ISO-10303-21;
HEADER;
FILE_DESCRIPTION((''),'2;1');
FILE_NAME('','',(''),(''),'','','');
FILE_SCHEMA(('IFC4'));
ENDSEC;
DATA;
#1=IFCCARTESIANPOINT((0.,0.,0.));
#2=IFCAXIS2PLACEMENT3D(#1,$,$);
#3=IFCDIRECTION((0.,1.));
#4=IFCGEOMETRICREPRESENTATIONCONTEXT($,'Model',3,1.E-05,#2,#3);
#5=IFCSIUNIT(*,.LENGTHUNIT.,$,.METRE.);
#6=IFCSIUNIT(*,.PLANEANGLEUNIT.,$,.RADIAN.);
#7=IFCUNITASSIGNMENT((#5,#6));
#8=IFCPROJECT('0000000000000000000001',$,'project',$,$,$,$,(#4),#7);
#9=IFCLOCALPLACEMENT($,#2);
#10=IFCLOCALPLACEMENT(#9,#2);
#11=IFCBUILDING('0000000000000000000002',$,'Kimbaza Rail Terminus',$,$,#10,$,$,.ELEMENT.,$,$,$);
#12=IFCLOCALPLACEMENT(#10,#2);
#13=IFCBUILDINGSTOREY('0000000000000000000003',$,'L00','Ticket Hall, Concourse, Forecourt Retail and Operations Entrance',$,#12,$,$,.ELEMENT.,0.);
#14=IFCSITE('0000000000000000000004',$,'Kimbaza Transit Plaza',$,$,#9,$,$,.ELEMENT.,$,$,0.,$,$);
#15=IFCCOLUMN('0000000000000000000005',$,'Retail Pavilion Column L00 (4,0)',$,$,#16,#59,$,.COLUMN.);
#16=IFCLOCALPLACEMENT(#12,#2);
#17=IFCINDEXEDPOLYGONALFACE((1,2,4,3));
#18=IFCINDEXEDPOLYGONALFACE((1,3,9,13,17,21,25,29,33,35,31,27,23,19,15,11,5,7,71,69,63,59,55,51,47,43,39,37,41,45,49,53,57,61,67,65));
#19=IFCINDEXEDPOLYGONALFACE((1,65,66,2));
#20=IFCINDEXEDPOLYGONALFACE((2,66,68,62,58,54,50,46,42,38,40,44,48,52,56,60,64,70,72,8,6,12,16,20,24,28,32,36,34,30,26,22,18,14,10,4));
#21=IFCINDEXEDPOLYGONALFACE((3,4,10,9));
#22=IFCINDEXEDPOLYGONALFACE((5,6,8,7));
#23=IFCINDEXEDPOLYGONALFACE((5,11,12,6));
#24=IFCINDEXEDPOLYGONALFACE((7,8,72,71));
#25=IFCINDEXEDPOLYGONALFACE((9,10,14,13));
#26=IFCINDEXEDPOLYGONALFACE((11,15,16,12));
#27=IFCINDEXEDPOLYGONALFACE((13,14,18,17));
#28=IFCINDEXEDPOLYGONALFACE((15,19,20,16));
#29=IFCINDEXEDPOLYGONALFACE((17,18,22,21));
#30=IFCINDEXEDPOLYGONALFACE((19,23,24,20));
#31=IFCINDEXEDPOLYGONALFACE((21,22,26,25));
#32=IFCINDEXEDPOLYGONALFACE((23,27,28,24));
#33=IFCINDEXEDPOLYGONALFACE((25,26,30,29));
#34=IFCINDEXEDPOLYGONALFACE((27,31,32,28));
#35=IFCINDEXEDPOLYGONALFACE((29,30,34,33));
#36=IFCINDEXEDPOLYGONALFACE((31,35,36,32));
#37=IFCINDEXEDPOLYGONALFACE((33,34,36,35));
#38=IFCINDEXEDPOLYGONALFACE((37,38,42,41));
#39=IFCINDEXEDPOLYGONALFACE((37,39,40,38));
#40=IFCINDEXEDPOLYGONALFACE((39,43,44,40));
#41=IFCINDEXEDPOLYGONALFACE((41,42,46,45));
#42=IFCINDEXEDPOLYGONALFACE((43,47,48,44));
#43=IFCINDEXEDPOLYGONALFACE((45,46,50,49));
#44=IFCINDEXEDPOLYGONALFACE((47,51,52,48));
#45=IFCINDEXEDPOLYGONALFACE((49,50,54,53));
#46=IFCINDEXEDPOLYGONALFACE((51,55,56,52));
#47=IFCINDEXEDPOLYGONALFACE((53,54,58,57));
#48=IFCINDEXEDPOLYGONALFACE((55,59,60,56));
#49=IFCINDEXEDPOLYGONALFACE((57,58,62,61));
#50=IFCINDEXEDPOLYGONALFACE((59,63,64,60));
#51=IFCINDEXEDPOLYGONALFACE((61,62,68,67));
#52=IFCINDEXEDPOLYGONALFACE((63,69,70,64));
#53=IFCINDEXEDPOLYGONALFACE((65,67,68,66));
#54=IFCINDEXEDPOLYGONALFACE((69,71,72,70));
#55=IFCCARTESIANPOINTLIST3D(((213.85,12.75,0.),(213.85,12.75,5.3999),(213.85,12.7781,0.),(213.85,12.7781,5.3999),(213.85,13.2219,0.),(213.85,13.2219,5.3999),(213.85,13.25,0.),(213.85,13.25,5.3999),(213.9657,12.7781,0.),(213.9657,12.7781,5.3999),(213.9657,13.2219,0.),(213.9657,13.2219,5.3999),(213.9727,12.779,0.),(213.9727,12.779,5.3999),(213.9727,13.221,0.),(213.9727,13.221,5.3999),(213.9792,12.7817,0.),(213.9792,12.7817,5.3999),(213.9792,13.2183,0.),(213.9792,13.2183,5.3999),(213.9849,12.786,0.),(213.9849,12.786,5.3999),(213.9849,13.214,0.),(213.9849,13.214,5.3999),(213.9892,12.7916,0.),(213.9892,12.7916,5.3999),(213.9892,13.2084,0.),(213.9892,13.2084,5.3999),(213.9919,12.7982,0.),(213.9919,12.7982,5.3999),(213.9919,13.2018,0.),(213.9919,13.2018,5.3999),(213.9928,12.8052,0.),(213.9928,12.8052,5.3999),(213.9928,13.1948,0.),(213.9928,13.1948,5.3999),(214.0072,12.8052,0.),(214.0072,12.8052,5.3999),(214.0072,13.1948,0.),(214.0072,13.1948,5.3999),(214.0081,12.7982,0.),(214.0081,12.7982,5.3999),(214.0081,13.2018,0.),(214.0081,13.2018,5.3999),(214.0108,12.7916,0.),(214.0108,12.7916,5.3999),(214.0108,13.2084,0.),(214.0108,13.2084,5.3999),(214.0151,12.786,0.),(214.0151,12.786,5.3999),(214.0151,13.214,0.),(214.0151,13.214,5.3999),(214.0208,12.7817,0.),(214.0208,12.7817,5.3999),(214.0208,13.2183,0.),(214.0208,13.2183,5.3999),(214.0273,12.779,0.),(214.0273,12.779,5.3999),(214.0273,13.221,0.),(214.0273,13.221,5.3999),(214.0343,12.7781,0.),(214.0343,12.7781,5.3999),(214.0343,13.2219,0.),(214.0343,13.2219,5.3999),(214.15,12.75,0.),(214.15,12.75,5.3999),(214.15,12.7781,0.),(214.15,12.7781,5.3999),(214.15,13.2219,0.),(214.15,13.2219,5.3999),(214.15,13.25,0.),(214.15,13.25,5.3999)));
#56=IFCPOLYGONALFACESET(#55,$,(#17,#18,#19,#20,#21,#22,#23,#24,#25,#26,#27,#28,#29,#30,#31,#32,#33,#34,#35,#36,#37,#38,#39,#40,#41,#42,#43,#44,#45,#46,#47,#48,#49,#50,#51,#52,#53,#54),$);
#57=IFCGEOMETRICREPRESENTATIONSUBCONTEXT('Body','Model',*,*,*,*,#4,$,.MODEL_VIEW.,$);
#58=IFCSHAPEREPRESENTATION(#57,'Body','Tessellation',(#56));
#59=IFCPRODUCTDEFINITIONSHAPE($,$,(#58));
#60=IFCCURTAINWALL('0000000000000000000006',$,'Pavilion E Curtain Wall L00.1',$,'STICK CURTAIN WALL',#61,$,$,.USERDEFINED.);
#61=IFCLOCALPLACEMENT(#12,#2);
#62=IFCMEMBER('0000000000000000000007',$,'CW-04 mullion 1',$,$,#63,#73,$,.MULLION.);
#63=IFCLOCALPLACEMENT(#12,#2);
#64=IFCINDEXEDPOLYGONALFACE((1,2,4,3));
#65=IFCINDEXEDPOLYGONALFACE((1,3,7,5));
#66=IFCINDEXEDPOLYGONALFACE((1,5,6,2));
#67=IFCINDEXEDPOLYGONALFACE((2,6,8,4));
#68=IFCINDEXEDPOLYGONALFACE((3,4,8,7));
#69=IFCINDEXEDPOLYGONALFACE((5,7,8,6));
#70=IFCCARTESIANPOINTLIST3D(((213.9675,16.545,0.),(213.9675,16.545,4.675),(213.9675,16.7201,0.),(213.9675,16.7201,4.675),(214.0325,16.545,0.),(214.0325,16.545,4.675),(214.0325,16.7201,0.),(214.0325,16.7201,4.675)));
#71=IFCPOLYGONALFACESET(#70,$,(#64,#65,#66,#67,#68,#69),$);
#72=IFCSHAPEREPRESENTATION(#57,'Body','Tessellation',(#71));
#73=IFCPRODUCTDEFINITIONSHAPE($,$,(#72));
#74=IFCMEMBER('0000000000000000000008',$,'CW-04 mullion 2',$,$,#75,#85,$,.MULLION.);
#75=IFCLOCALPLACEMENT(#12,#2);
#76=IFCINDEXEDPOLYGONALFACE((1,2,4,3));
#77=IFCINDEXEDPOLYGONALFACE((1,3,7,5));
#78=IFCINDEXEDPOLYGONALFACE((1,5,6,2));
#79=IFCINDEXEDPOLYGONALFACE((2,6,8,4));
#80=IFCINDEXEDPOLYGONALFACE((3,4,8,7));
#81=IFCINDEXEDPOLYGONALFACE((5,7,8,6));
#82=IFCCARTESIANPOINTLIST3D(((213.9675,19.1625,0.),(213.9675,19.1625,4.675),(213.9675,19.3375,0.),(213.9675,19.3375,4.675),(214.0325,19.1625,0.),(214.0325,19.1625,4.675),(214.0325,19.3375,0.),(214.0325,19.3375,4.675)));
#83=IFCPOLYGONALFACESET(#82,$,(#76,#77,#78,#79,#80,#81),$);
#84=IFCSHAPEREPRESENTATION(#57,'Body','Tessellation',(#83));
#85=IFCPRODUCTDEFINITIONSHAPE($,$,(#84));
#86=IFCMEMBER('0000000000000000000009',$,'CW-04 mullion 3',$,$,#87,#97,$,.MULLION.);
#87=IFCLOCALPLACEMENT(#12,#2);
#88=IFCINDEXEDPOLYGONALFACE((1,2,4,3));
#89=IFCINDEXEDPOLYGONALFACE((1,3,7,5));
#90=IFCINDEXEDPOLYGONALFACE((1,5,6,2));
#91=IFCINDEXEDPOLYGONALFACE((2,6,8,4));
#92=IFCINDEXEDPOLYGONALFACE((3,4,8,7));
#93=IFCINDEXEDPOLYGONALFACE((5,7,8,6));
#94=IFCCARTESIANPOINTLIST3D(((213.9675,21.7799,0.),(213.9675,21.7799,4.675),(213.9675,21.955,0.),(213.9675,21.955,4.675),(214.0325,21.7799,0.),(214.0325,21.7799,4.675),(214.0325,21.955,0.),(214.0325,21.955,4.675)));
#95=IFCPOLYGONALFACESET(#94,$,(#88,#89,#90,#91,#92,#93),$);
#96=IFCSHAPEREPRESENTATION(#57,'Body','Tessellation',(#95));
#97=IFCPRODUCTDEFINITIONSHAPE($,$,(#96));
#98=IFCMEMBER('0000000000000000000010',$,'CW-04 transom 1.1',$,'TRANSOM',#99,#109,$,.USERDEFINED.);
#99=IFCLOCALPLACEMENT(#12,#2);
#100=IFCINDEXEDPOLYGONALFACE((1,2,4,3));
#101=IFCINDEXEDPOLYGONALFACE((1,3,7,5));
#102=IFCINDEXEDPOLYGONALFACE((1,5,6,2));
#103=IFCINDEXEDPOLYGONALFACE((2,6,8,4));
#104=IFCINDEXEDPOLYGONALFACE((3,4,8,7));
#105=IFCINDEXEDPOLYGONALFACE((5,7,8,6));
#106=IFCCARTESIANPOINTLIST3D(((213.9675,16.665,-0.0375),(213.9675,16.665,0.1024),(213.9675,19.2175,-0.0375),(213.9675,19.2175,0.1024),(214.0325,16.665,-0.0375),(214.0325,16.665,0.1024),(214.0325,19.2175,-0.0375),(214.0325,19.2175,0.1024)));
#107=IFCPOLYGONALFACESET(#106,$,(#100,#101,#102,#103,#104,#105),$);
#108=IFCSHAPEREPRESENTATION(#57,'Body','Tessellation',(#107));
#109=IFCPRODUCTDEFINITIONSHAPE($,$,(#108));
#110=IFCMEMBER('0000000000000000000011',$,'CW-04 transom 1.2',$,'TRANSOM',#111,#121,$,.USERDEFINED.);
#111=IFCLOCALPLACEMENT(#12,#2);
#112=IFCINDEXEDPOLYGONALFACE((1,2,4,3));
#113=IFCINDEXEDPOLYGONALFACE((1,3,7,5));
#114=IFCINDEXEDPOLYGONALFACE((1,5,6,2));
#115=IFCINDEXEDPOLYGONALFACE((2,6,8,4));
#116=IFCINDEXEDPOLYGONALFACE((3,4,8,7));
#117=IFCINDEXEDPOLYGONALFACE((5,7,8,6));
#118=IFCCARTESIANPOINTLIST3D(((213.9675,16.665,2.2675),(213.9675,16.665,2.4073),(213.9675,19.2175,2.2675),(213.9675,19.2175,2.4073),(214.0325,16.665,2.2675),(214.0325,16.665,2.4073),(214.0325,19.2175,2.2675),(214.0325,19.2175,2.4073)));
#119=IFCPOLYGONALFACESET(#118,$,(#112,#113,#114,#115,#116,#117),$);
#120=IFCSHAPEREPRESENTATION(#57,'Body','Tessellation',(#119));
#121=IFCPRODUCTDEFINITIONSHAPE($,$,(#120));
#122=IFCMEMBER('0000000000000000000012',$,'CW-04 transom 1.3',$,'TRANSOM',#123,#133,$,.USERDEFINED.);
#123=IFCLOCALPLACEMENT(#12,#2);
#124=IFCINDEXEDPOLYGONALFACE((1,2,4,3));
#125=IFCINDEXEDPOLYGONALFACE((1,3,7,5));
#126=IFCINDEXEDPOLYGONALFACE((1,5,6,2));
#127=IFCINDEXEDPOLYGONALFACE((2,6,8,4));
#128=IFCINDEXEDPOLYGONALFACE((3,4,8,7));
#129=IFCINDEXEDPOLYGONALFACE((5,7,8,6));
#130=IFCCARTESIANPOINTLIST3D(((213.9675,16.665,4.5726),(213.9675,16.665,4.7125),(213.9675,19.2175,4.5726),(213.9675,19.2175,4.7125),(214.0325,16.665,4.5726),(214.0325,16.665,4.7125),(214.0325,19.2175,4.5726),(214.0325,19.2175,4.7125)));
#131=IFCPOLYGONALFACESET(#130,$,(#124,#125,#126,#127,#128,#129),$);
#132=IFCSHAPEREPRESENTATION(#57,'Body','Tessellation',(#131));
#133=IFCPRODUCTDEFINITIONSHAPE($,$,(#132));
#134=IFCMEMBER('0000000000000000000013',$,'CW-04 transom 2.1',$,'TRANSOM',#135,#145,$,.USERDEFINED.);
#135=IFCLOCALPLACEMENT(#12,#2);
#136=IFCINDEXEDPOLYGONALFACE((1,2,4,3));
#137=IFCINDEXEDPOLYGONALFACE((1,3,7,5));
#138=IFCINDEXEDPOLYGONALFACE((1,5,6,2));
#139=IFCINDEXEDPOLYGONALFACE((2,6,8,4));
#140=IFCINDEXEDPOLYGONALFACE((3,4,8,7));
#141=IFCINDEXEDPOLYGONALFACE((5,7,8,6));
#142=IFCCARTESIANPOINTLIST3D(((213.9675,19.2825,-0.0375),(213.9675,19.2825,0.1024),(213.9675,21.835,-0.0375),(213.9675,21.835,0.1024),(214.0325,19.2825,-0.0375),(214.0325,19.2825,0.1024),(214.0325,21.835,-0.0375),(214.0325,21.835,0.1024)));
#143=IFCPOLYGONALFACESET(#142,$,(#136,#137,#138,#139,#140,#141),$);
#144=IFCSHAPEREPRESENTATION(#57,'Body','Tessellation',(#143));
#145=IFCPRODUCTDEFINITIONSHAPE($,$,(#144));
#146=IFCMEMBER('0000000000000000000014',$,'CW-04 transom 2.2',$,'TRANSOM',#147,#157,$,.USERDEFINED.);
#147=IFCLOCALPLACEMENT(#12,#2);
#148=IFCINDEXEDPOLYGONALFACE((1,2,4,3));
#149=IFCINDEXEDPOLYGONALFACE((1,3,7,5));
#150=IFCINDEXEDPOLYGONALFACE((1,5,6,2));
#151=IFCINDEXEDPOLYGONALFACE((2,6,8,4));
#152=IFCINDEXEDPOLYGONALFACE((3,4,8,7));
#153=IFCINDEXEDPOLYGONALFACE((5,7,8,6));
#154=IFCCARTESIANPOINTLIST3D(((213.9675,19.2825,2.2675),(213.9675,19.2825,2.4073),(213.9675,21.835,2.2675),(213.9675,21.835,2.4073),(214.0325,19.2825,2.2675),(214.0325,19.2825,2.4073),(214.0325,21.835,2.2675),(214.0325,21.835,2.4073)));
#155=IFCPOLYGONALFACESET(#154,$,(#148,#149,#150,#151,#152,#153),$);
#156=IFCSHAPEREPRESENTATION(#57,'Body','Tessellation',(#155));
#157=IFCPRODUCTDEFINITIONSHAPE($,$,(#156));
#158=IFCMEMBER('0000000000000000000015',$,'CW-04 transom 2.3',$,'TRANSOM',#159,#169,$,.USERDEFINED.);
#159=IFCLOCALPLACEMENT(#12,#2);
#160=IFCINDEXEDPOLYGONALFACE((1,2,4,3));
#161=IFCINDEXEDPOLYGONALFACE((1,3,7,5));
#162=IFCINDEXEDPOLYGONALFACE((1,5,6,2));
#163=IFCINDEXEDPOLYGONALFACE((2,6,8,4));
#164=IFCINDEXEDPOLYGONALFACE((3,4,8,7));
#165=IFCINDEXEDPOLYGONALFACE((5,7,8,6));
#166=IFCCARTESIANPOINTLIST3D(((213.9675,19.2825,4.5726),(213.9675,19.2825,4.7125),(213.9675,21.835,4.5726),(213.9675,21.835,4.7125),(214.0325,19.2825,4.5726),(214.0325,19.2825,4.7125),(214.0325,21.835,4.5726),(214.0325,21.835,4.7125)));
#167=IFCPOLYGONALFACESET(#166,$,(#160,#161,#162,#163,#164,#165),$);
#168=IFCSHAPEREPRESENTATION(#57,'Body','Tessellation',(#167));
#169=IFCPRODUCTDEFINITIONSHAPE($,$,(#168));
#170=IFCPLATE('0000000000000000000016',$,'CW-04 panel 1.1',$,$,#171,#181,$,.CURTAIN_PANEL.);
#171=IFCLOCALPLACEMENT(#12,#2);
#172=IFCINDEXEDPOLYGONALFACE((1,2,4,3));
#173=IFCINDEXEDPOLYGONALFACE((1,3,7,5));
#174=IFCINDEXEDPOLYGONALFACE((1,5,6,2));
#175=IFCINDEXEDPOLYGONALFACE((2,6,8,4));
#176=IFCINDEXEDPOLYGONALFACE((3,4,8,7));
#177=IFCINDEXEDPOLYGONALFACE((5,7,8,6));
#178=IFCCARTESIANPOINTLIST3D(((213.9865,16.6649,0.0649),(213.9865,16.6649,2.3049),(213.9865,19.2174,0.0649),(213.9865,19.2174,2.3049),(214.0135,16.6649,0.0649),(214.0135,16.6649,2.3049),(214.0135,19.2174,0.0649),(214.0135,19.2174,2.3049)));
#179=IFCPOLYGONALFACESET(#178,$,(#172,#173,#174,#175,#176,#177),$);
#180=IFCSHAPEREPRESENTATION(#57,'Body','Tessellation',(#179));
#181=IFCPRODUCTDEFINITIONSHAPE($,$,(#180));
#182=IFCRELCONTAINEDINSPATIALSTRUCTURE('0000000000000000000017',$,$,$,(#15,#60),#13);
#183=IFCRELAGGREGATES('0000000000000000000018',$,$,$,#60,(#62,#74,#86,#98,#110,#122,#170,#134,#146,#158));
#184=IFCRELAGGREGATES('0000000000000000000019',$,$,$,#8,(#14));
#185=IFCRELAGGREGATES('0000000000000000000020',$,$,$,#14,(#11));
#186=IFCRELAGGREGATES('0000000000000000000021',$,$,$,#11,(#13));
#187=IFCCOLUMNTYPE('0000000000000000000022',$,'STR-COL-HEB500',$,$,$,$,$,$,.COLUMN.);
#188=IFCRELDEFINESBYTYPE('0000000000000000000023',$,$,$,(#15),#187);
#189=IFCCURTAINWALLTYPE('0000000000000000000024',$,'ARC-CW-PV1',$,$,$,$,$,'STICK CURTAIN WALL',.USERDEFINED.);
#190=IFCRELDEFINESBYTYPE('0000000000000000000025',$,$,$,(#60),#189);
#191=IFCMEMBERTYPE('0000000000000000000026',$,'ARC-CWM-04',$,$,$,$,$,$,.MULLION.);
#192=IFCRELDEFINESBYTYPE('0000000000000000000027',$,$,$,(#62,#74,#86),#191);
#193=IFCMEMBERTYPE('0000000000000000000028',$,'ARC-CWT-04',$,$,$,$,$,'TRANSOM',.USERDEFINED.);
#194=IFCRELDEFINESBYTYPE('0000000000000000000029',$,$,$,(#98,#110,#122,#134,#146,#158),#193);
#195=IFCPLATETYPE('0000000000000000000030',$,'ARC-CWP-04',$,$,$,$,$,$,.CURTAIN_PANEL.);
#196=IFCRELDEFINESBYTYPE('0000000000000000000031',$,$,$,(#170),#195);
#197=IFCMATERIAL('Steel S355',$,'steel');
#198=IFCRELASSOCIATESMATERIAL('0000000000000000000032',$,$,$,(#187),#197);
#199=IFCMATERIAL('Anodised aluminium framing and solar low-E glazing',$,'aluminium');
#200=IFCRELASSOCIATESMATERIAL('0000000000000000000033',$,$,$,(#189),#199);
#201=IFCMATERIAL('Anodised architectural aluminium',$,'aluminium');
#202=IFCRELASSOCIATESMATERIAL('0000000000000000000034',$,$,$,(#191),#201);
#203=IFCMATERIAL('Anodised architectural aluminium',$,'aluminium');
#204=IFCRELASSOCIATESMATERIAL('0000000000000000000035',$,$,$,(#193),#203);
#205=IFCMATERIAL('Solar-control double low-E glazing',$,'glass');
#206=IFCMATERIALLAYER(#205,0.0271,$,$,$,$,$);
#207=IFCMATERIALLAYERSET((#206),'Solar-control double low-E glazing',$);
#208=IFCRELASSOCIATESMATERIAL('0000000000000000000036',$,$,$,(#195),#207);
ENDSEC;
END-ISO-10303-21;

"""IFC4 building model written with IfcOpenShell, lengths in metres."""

from ifc_helpers import new_model, si_unit, direction, frame, origin, origin_2d, place, context, subcontext, project, spatial, rectangle, i_section, extrude, material, layer, layer_set, material_profile, profile_set, type_object, element, aggregate, save


model = new_model("IFC4")

# Units and contexts
model_context = context("Model", 3, precision=1e-05, world=origin(), true_north=direction((0.0, 1.0)))
body_context = subcontext(model_context, "Body", "Model", "MODEL_VIEW")
ifc_project = project(units=[si_unit("LENGTHUNIT", "METRE"), si_unit("PLANEANGLEUNIT", "RADIAN")], contexts=[model_context])

# Site, building, storey
site_placement = place(None, origin())
site = spatial("IfcSite", under=ifc_project, at=site_placement, Name="Kimbaza Transit Plaza", CompositionType="ELEMENT", RefElevation=0.0)
building_placement = place(site_placement, origin())
building = spatial("IfcBuilding", under=site, at=building_placement, Name="Kimbaza Rail Terminus", CompositionType="ELEMENT")
storey_placement = place(building_placement, origin())
storey = spatial("IfcBuildingStorey", under=building, at=storey_placement, Name="L00", Description="Ticket Hall, Concourse, Forecourt Retail and Operations Entrance", CompositionType="ELEMENT", Elevation=0.0)

# Column
ifc_material_1 = material(Name="Steel S355", Category="steel")
ifc_material_profile_1 = material_profile(ifc_material_1, i_section(OverallWidth=0.3, OverallDepth=0.5, WebThickness=0.0144, FlangeThickness=0.0281, FilletRadius=0.0271, at=origin_2d()), Name="HEB 500")
ifc_profile_set_1 = profile_set([ifc_material_profile_1], Name="Steel S355")
column_type = type_object("IfcColumnType", Name="STR-COL-HEB500", PredefinedType="COLUMN", material=ifc_profile_set_1)
column_placement = place(storey_placement, frame((214.0, 13.0, 0.0), z_axis=(0.0, 0.0, 1.0), x_axis=(1.0, 0.0, 0.0)))
element("IfcColumn", 1, at=column_placement, inside=storey, type_object=column_type, Name="Retail Pavilion Column L00 (4,0)", PredefinedType="COLUMN", context=body_context, shape_type="SweptSolid", body=[
    extrude(i_section(OverallWidth=0.3, OverallDepth=0.5, WebThickness=0.0144, FlangeThickness=0.0281, FilletRadius=0.0271, at=origin_2d()), origin(), (0.0, 0.0, 1.0), 5.3999),
])

# Curtain wall, members, plate
ifc_material_2 = material(Name="Anodised aluminium framing and solar low-E glazing", Category="aluminium")
curtain_wall_type = type_object("IfcCurtainWallType", Name="ARC-CW-PV1", ElementType="STICK CURTAIN WALL", PredefinedType="USERDEFINED", material=ifc_material_2)
curtain_wall_placement = place(storey_placement, origin())
curtain_wall = element("IfcCurtainWall", 2, at=curtain_wall_placement, inside=storey, type_object=curtain_wall_type, Name="Pavilion E Curtain Wall L00.1", ObjectType="STICK CURTAIN WALL", PredefinedType="USERDEFINED")
ifc_material_3 = material(Name="Anodised architectural aluminium", Category="aluminium")
ifc_material_profile_2 = material_profile(ifc_material_3, rectangle(XDim=0.0649, YDim=0.175, at=origin_2d()), Name="MULLION 65x175")
ifc_profile_set_2 = profile_set([ifc_material_profile_2], Name="Anodised architectural aluminium")
member_type_1 = type_object("IfcMemberType", Name="ARC-CWM-04", PredefinedType="MULLION", material=ifc_profile_set_2)
member_1_placement = place(storey_placement, frame((214.0, 16.6326, 0.0), z_axis=(0.0, 0.0, 1.0), x_axis=(-1.0, 0.0, 0.0)))
member_1 = element("IfcMember", 3, at=member_1_placement, type_object=member_type_1, Name="CW-04 mullion 1", PredefinedType="MULLION", context=body_context, shape_type="SweptSolid", body=[
    extrude(rectangle(XDim=0.0649, YDim=0.175, at=origin_2d()), origin(), (0.0, 0.0, 1.0), 4.675),
])
member_2_placement = place(storey_placement, frame((214.0, 19.25, 0.0), z_axis=(0.0, 0.0, 1.0), x_axis=(-1.0, 0.0, 0.0)))
member_2 = element("IfcMember", 4, at=member_2_placement, type_object=member_type_1, Name="CW-04 mullion 2", PredefinedType="MULLION", context=body_context, shape_type="SweptSolid", body=[
    extrude(rectangle(XDim=0.0649, YDim=0.175, at=origin_2d()), origin(), (0.0, 0.0, 1.0), 4.675),
])
member_3_placement = place(storey_placement, frame((214.0, 21.8674, 0.0), z_axis=(0.0, 0.0, 1.0), x_axis=(-1.0, 0.0, 0.0)))
member_3 = element("IfcMember", 5, at=member_3_placement, type_object=member_type_1, Name="CW-04 mullion 3", PredefinedType="MULLION", context=body_context, shape_type="SweptSolid", body=[
    extrude(rectangle(XDim=0.0649, YDim=0.175, at=origin_2d()), origin(), (0.0, 0.0, 1.0), 4.675),
])
ifc_material_4 = material(Name="Anodised architectural aluminium", Category="aluminium")
ifc_material_profile_3 = material_profile(ifc_material_4, rectangle(XDim=0.0649, YDim=0.1399, at=origin_2d()), Name="TRANSOM 65x140")
ifc_profile_set_3 = profile_set([ifc_material_profile_3], Name="Anodised architectural aluminium")
member_type_2 = type_object("IfcMemberType", Name="ARC-CWT-04", ElementType="TRANSOM", PredefinedType="USERDEFINED", material=ifc_profile_set_3)
member_4_placement = place(storey_placement, frame((214.0, 16.665, 0.0325), z_axis=(0.0, 1.0, 0.0), x_axis=(-1.0, 0.0, 0.0)))
member_4 = element("IfcMember", 6, at=member_4_placement, type_object=member_type_2, Name="CW-04 transom 1.1", ObjectType="TRANSOM", PredefinedType="USERDEFINED", context=body_context, shape_type="SweptSolid", body=[
    extrude(rectangle(XDim=0.0649, YDim=0.1399, at=origin_2d()), origin(), (0.0, 0.0, 1.0), 2.5525),
])
member_5_placement = place(storey_placement, frame((214.0, 16.665, 2.3374), z_axis=(0.0, 1.0, 0.0), x_axis=(-1.0, 0.0, 0.0)))
member_5 = element("IfcMember", 7, at=member_5_placement, type_object=member_type_2, Name="CW-04 transom 1.2", ObjectType="TRANSOM", PredefinedType="USERDEFINED", context=body_context, shape_type="SweptSolid", body=[
    extrude(rectangle(XDim=0.0649, YDim=0.1399, at=origin_2d()), origin(), (0.0, 0.0, 1.0), 2.5525),
])
member_6_placement = place(storey_placement, frame((214.0, 16.665, 4.6426), z_axis=(0.0, 1.0, 0.0), x_axis=(-1.0, 0.0, 0.0)))
member_6 = element("IfcMember", 8, at=member_6_placement, type_object=member_type_2, Name="CW-04 transom 1.3", ObjectType="TRANSOM", PredefinedType="USERDEFINED", context=body_context, shape_type="SweptSolid", body=[
    extrude(rectangle(XDim=0.0649, YDim=0.1399, at=origin_2d()), origin(), (0.0, 0.0, 1.0), 2.5525),
])
member_7_placement = place(storey_placement, frame((214.0, 19.2825, 0.0325), z_axis=(0.0, 1.0, 0.0), x_axis=(-1.0, 0.0, 0.0)))
member_7 = element("IfcMember", 9, at=member_7_placement, type_object=member_type_2, Name="CW-04 transom 2.1", ObjectType="TRANSOM", PredefinedType="USERDEFINED", context=body_context, shape_type="SweptSolid", body=[
    extrude(rectangle(XDim=0.0649, YDim=0.1399, at=origin_2d()), origin(), (0.0, 0.0, 1.0), 2.5525),
])
member_8_placement = place(storey_placement, frame((214.0, 19.2825, 2.3374), z_axis=(0.0, 1.0, 0.0), x_axis=(-1.0, 0.0, 0.0)))
member_8 = element("IfcMember", 10, at=member_8_placement, type_object=member_type_2, Name="CW-04 transom 2.2", ObjectType="TRANSOM", PredefinedType="USERDEFINED", context=body_context, shape_type="SweptSolid", body=[
    extrude(rectangle(XDim=0.0649, YDim=0.1399, at=origin_2d()), origin(), (0.0, 0.0, 1.0), 2.5525),
])
member_9_placement = place(storey_placement, frame((214.0, 19.2825, 4.6426), z_axis=(0.0, 1.0, 0.0), x_axis=(-1.0, 0.0, 0.0)))
member_9 = element("IfcMember", 11, at=member_9_placement, type_object=member_type_2, Name="CW-04 transom 2.3", ObjectType="TRANSOM", PredefinedType="USERDEFINED", context=body_context, shape_type="SweptSolid", body=[
    extrude(rectangle(XDim=0.0649, YDim=0.1399, at=origin_2d()), origin(), (0.0, 0.0, 1.0), 2.5525),
])
ifc_material_5 = material(Name="Solar-control double low-E glazing", Category="glass")
ifc_layer_1 = layer(ifc_material_5, 0.0271)
ifc_layer_set_1 = layer_set([ifc_layer_1], Name="Solar-control double low-E glazing")
plate_type = type_object("IfcPlateType", Name="ARC-CWP-04", PredefinedType="CURTAIN_PANEL", material=ifc_layer_set_1)
plate_1_placement = place(storey_placement, frame((214.0, 17.9412, 0.0649), z_axis=(0.0, 0.0, 1.0), x_axis=(0.0, 1.0, 0.0)))
plate_1 = element("IfcPlate", 12, at=plate_1_placement, type_object=plate_type, Name="CW-04 panel 1.1", PredefinedType="CURTAIN_PANEL", context=body_context, shape_type="SweptSolid", body=[
    extrude(rectangle(XDim=2.5525, YDim=0.0271, at=origin_2d()), origin(), (0.0, 0.0, 1.0), 2.24),
])
aggregate(curtain_wall, [member_1, member_2, member_3, member_4, member_5, member_6, plate_1, member_7, member_8, member_9])

save(model, "model.ifc")
